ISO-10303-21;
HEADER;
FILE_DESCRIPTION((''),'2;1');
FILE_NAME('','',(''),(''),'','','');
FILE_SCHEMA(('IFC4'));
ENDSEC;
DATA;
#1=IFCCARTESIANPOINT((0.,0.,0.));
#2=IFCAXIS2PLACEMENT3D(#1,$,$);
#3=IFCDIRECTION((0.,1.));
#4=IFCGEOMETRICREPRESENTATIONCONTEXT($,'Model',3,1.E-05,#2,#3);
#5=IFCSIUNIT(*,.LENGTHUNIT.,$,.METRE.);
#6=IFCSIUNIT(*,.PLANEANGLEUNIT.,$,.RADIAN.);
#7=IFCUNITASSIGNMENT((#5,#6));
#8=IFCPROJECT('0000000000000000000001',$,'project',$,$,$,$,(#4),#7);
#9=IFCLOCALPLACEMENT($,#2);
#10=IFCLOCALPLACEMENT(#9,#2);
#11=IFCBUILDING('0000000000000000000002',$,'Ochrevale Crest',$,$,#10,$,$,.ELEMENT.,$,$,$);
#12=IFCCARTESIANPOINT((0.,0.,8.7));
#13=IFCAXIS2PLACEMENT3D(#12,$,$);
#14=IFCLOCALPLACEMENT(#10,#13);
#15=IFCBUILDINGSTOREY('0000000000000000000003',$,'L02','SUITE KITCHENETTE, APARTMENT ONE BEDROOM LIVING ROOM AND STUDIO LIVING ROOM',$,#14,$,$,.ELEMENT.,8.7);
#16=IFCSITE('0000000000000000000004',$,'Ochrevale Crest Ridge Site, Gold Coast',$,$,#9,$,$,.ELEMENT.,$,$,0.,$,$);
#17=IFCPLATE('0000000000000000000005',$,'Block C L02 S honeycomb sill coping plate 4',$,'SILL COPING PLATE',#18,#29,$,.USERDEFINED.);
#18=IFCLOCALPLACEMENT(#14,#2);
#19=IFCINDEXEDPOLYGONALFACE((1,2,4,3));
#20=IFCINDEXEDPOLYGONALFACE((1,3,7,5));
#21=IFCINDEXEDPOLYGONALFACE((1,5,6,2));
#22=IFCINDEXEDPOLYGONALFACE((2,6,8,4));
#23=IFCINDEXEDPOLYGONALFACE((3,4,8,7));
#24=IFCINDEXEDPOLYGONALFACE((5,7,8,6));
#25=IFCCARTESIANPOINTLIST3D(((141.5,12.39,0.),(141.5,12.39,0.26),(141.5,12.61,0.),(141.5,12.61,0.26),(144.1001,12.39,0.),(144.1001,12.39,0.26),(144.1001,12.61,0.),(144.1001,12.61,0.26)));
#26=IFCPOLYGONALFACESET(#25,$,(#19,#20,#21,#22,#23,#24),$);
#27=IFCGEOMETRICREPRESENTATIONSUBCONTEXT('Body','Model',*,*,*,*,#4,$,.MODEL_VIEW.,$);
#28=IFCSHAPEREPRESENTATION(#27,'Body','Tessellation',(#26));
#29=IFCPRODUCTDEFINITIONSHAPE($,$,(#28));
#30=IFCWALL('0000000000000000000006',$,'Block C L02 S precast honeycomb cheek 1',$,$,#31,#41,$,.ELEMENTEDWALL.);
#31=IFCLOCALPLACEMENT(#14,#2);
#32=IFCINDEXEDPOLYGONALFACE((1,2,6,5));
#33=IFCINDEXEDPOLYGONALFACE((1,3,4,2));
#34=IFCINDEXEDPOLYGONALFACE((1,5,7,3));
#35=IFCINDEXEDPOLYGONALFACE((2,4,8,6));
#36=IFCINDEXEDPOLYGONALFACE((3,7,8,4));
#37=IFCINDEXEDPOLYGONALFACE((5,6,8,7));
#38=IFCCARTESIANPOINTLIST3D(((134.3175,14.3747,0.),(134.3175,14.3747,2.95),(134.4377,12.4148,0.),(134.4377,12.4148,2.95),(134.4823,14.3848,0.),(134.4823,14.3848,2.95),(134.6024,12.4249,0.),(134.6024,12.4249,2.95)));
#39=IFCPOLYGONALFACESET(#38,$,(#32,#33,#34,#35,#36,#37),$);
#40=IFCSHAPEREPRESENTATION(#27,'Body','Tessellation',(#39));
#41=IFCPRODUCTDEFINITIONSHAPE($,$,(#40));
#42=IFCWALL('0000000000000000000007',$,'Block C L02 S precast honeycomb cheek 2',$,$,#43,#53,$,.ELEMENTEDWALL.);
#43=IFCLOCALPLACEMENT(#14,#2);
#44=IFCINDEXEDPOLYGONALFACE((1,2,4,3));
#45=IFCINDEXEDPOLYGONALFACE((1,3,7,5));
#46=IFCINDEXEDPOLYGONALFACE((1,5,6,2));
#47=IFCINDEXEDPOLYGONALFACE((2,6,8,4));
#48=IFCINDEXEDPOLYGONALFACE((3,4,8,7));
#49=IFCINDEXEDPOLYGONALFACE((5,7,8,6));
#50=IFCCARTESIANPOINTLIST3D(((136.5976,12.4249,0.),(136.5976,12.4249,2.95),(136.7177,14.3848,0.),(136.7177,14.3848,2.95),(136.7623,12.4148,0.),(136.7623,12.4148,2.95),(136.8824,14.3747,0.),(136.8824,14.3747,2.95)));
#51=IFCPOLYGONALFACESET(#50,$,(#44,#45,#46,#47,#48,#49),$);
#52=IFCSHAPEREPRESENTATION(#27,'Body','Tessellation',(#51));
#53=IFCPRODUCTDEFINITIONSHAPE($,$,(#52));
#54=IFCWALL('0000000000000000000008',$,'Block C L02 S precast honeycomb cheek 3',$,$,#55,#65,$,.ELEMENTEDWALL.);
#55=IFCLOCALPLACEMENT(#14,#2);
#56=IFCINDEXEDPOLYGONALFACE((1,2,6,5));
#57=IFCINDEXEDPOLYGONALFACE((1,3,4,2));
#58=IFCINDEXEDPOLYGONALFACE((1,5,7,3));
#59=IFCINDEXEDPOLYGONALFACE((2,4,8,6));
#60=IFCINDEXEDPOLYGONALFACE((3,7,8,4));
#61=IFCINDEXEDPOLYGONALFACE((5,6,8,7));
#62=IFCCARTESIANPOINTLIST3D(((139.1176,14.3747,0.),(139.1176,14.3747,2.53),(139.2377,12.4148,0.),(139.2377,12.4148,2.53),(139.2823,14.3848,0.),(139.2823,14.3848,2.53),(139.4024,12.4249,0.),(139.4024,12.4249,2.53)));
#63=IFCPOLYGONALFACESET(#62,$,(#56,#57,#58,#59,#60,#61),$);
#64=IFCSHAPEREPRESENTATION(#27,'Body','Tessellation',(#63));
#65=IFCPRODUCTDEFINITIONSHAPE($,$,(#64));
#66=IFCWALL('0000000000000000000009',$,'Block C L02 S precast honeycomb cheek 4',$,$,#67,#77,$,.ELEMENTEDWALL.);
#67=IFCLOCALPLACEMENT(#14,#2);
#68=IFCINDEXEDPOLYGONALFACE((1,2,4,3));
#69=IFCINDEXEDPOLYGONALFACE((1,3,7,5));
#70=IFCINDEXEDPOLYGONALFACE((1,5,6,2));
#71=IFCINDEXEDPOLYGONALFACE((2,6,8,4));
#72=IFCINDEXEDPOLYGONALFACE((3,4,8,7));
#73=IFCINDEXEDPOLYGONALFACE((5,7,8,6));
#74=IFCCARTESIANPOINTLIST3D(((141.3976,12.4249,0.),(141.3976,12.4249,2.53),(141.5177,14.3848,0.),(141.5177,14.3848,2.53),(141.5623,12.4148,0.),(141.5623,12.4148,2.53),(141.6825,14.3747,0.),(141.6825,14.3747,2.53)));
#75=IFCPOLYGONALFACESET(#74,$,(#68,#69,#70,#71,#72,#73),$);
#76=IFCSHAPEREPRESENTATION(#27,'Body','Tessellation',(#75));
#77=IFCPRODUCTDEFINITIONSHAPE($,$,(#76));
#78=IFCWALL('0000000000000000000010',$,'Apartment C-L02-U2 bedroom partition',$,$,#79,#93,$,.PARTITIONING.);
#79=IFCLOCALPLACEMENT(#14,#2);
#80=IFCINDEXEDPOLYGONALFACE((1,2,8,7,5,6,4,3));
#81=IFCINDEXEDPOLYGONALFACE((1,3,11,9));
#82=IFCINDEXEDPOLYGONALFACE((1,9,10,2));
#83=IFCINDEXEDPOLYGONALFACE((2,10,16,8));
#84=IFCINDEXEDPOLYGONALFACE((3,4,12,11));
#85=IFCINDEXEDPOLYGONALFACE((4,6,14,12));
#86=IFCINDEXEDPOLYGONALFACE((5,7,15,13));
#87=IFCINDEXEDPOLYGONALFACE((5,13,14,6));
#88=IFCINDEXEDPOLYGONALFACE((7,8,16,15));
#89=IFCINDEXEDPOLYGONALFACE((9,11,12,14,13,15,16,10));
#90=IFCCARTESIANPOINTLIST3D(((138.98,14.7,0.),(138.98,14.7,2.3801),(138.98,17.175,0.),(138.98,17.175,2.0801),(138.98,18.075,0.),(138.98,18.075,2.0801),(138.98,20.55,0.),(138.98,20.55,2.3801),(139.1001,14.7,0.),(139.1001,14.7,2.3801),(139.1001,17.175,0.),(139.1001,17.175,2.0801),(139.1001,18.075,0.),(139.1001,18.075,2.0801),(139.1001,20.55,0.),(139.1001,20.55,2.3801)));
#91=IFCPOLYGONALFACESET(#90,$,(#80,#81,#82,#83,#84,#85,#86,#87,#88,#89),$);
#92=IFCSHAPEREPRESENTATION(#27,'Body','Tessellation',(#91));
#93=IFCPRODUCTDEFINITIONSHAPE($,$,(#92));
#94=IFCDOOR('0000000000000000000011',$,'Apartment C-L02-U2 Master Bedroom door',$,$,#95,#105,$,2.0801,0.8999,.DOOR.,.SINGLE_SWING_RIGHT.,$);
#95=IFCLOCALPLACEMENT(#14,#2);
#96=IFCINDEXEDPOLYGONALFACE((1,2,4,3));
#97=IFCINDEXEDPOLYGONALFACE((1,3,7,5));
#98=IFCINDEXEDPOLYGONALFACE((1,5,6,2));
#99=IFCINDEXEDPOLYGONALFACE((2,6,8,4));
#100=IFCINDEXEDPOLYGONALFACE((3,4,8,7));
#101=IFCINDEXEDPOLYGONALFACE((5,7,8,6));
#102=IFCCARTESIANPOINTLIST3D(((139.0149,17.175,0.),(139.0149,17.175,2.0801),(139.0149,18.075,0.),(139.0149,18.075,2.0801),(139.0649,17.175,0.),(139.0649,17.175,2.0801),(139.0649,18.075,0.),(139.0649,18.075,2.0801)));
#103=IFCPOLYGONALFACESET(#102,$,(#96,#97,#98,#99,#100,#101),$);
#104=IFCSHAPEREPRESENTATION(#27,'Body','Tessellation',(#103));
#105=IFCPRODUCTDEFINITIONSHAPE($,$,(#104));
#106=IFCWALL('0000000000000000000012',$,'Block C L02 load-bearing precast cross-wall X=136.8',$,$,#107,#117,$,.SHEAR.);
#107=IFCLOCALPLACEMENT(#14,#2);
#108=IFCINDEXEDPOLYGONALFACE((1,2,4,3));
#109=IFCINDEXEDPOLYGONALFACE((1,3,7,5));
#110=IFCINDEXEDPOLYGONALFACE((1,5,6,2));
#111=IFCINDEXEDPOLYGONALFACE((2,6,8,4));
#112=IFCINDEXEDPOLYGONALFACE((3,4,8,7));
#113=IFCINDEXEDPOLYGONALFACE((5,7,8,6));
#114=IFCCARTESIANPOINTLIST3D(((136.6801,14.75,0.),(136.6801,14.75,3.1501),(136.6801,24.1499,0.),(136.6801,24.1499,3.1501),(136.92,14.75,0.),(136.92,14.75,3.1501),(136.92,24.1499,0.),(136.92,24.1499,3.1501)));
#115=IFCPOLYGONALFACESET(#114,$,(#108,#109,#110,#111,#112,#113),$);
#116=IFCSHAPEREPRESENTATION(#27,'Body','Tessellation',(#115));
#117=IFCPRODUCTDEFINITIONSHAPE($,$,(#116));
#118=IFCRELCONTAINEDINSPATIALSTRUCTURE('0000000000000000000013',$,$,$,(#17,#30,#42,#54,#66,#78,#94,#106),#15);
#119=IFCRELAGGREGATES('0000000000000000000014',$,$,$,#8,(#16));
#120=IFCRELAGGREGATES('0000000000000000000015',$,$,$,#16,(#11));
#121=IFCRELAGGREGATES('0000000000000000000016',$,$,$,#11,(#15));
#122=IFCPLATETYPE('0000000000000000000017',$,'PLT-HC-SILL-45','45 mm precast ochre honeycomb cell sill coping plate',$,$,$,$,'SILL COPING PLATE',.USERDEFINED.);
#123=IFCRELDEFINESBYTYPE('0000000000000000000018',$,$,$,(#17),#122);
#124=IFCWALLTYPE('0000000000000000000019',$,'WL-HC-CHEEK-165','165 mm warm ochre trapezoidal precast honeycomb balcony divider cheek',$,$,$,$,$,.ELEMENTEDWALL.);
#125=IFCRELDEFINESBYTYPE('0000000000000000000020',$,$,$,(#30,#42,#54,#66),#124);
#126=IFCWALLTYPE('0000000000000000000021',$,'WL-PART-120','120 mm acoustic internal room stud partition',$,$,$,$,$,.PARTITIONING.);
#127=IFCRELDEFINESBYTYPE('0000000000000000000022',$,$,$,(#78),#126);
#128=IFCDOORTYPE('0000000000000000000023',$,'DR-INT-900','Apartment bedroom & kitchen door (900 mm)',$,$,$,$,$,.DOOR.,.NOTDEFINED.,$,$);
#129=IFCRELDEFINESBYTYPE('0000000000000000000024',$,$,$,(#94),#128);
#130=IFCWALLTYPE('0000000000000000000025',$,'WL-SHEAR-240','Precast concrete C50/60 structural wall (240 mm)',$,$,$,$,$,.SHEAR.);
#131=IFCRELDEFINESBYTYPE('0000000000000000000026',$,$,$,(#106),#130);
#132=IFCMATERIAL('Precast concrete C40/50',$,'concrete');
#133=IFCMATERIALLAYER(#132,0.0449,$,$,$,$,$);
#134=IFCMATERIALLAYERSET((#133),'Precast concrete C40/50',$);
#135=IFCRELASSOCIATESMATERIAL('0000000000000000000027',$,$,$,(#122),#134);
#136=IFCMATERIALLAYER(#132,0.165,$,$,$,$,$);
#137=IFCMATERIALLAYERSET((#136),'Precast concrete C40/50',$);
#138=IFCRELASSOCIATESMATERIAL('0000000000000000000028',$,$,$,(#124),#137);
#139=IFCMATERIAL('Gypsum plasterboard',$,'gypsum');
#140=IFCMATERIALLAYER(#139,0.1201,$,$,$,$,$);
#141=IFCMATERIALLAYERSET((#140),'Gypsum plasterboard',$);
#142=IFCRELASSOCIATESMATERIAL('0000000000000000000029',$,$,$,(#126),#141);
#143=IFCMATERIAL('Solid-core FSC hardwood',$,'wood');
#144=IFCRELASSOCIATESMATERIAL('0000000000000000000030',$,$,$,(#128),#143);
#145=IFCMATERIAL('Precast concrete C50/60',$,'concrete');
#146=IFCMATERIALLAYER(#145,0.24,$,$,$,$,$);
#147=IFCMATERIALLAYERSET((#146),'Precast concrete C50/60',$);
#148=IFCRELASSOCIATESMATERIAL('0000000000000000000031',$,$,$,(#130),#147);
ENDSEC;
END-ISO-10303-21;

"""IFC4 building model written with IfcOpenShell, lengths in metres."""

from ifc_helpers import new_model, si_unit, direction, frame, frame_2d, origin, origin_2d, place, context, subcontext, project, spatial, rectangle, extrude, material, layer, layer_set, type_object, element, fill, save


model = new_model("IFC4")

# Units and contexts
model_context = context("Model", 3, precision=1e-05, world=origin(), true_north=direction((0.0, 1.0)))
body_context = subcontext(model_context, "Body", "Model", "MODEL_VIEW")
ifc_project = project(units=[si_unit("LENGTHUNIT", "METRE"), si_unit("PLANEANGLEUNIT", "RADIAN")], contexts=[model_context])

# Site, building, storey
site_placement = place(None, origin())
site = spatial("IfcSite", under=ifc_project, at=site_placement, Name="Ochrevale Crest Ridge Site, Gold Coast", CompositionType="ELEMENT", RefElevation=0.0)
building_placement = place(site_placement, origin())
building = spatial("IfcBuilding", under=site, at=building_placement, Name="Ochrevale Crest", CompositionType="ELEMENT")
storey_placement = place(building_placement, frame((0.0, 0.0, 8.7)))
storey = spatial("IfcBuildingStorey", under=building, at=storey_placement, Name="L02", Description="SUITE KITCHENETTE, APARTMENT ONE BEDROOM LIVING ROOM AND STUDIO LIVING ROOM", CompositionType="ELEMENT", Elevation=8.7)

# Shared definitions
ifc_material_1 = material(Name="Precast concrete C50/60", Category="concrete")

# Shared definitions
ifc_material_2 = material(Name="Precast concrete C40/50", Category="concrete")

# Plate
ifc_layer_1 = layer(ifc_material_2, 0.0449)
ifc_layer_set_1 = layer_set([ifc_layer_1], Name="Precast concrete C40/50")
plate_type_1 = type_object("IfcPlateType", Name="PLT-HC-SILL-45", Description="45 mm precast ochre honeycomb cell sill coping plate", ElementType="SILL COPING PLATE", PredefinedType="USERDEFINED", material=ifc_layer_set_1)
for number, where, z_axis, x_axis, name in (
    (1, (142.8, 12.5, 0.0), (0.0, 0.0, 1.0), (1.0, 0.0, 0.0), "Block C L02 S honeycomb sill coping plate 4"),
):
    element("IfcPlate", number, at=place(storey_placement, frame(where, z_axis=z_axis, x_axis=x_axis)), inside=storey, type_object=plate_type_1, Name=name, ObjectType="SILL COPING PLATE", PredefinedType="USERDEFINED", context=body_context, shape_type="SweptSolid", body=[
        extrude(rectangle(XDim=2.6001, YDim=0.22, at=origin_2d()), origin(), (0.0, 0.0, 1.0), 0.26),
    ])

# Walls
ifc_layer_2 = layer(ifc_material_2, 0.165)
ifc_layer_set_2 = layer_set([ifc_layer_2], Name="Precast concrete C40/50")
wall_type_1 = type_object("IfcWallType", Name="WL-HC-CHEEK-165", Description="165 mm warm ochre trapezoidal precast honeycomb balcony divider cheek", PredefinedType="ELEMENTEDWALL", material=ifc_layer_set_2)
for number, where, z_axis, x_axis, name in (
    (2, (134.3999, 14.3799, 0.0), (0.0, 0.0, 1.0), (0.061171, -0.998127, 0.0), "Block C L02 S precast honeycomb cheek 1"),
    (3, (136.8, 14.3799, 0.0), (0.0, 0.0, 1.0), (-0.061171, -0.998127, 0.0), "Block C L02 S precast honeycomb cheek 2"),
):
    element("IfcWall", number, at=place(storey_placement, frame(where, z_axis=z_axis, x_axis=x_axis)), inside=storey, type_object=wall_type_1, Name=name, PredefinedType="ELEMENTEDWALL", context=body_context, shape_type="SweptSolid", body=[
        extrude(rectangle(XDim=1.9636, YDim=0.165, at=frame_2d((0.9819, 0.0))), origin(), (0.0, 0.0, 1.0), 2.95),
    ])
for number, where, z_axis, x_axis, name in (
    (4, (139.2, 14.3799, 0.0), (0.0, 0.0, 1.0), (0.061171, -0.998127, 0.0), "Block C L02 S precast honeycomb cheek 3"),
    (5, (141.6001, 14.3799, 0.0), (0.0, 0.0, 1.0), (-0.061171, -0.998127, 0.0), "Block C L02 S precast honeycomb cheek 4"),
):
    element("IfcWall", number, at=place(storey_placement, frame(where, z_axis=z_axis, x_axis=x_axis)), inside=storey, type_object=wall_type_1, Name=name, PredefinedType="ELEMENTEDWALL", context=body_context, shape_type="SweptSolid", body=[
        extrude(rectangle(XDim=1.9636, YDim=0.165, at=frame_2d((0.9819, 0.0))), origin(), (0.0, 0.0, 1.0), 2.53),
    ])

# Wall, opening, door
ifc_material_3 = material(Name="Gypsum plasterboard", Category="gypsum")
ifc_layer_3 = layer(ifc_material_3, 0.1201)
ifc_layer_set_3 = layer_set([ifc_layer_3], Name="Gypsum plasterboard")
wall_type_2 = type_object("IfcWallType", Name="WL-PART-120", Description="120 mm acoustic internal room stud partition", PredefinedType="PARTITIONING", material=ifc_layer_set_3)
wall_1_placement = place(storey_placement, frame((139.04, 14.7, 0.0), z_axis=(0.0, 0.0, 1.0), x_axis=(0.0, 1.0, 0.0)))
wall_1 = element("IfcWall", 6, at=wall_1_placement, inside=storey, type_object=wall_type_2, Name="Apartment C-L02-U2 bedroom partition", PredefinedType="PARTITIONING", context=body_context, shape_type="SweptSolid", body=[
    extrude(rectangle(XDim=5.8501, YDim=0.1201, at=frame_2d((2.925, 0.0))), origin(), (0.0, 0.0, 1.0), 2.3801),
])
opening_1_placement = place(wall_1_placement, frame((3.375, 0.0, 0.0), z_axis=(0.0, 0.0, 1.0), x_axis=(-1.0, 0.0, 0.0)))
opening_1 = element("IfcOpeningElement", 7, at=opening_1_placement, cuts=wall_1, PredefinedType="OPENING", context=body_context, shape_type="SweptSolid", body=[
    extrude(rectangle(XDim=0.8999, YDim=2.0801, at=frame_2d((0.45, 1.04))), frame((0.0, 0.0701, 0.0), z_axis=(0.0, -1.0, 0.0), x_axis=(1.0, 0.0, 0.0)), (0.0, 0.0, 1.0), 0.1401),
])
ifc_material_4 = material(Name="Solid-core FSC hardwood", Category="wood")
door_type_1 = type_object("IfcDoorType", Name="DR-INT-900", Description="Apartment bedroom & kitchen door (900 mm)", OperationType="NOTDEFINED", PredefinedType="DOOR", material=ifc_material_4)
door_1_placement = place(opening_1_placement, origin())
door_1 = element("IfcDoor", 8, at=door_1_placement, inside=storey, type_object=door_type_1, Name="Apartment C-L02-U2 Master Bedroom door", OperationType="SINGLE_SWING_RIGHT", OverallHeight=2.0801, OverallWidth=0.8999, PredefinedType="DOOR", context=body_context, shape_type="SweptSolid", body=[
    extrude(rectangle(XDim=0.8999, YDim=2.0801, at=frame_2d((0.45, 1.04))), frame((0.0, 0.0249, 0.0), z_axis=(0.0, -1.0, 0.0), x_axis=(1.0, 0.0, 0.0)), (0.0, 0.0, 1.0), 0.05),
])
fill(opening_1, door_1)

# Wall
ifc_layer_4 = layer(ifc_material_1, 0.24)
ifc_layer_set_4 = layer_set([ifc_layer_4], Name="Precast concrete C50/60")
wall_type_3 = type_object("IfcWallType", Name="WL-SHEAR-240", Description="Precast concrete C50/60 structural wall (240 mm)", PredefinedType="SHEAR", material=ifc_layer_set_4)
wall_2_placement = place(storey_placement, frame((136.8, 14.75, 0.0), z_axis=(0.0, 0.0, 1.0), x_axis=(0.0, 1.0, 0.0)))
element("IfcWall", 9, at=wall_2_placement, inside=storey, type_object=wall_type_3, Name="Block C L02 load-bearing precast cross-wall X=136.8", PredefinedType="SHEAR", context=body_context, shape_type="SweptSolid", body=[
    extrude(rectangle(XDim=9.3999, YDim=0.24, at=frame_2d((4.7, 0.0))), origin(), (0.0, 0.0, 1.0), 3.1501),
])

save(model, "model.ifc")
